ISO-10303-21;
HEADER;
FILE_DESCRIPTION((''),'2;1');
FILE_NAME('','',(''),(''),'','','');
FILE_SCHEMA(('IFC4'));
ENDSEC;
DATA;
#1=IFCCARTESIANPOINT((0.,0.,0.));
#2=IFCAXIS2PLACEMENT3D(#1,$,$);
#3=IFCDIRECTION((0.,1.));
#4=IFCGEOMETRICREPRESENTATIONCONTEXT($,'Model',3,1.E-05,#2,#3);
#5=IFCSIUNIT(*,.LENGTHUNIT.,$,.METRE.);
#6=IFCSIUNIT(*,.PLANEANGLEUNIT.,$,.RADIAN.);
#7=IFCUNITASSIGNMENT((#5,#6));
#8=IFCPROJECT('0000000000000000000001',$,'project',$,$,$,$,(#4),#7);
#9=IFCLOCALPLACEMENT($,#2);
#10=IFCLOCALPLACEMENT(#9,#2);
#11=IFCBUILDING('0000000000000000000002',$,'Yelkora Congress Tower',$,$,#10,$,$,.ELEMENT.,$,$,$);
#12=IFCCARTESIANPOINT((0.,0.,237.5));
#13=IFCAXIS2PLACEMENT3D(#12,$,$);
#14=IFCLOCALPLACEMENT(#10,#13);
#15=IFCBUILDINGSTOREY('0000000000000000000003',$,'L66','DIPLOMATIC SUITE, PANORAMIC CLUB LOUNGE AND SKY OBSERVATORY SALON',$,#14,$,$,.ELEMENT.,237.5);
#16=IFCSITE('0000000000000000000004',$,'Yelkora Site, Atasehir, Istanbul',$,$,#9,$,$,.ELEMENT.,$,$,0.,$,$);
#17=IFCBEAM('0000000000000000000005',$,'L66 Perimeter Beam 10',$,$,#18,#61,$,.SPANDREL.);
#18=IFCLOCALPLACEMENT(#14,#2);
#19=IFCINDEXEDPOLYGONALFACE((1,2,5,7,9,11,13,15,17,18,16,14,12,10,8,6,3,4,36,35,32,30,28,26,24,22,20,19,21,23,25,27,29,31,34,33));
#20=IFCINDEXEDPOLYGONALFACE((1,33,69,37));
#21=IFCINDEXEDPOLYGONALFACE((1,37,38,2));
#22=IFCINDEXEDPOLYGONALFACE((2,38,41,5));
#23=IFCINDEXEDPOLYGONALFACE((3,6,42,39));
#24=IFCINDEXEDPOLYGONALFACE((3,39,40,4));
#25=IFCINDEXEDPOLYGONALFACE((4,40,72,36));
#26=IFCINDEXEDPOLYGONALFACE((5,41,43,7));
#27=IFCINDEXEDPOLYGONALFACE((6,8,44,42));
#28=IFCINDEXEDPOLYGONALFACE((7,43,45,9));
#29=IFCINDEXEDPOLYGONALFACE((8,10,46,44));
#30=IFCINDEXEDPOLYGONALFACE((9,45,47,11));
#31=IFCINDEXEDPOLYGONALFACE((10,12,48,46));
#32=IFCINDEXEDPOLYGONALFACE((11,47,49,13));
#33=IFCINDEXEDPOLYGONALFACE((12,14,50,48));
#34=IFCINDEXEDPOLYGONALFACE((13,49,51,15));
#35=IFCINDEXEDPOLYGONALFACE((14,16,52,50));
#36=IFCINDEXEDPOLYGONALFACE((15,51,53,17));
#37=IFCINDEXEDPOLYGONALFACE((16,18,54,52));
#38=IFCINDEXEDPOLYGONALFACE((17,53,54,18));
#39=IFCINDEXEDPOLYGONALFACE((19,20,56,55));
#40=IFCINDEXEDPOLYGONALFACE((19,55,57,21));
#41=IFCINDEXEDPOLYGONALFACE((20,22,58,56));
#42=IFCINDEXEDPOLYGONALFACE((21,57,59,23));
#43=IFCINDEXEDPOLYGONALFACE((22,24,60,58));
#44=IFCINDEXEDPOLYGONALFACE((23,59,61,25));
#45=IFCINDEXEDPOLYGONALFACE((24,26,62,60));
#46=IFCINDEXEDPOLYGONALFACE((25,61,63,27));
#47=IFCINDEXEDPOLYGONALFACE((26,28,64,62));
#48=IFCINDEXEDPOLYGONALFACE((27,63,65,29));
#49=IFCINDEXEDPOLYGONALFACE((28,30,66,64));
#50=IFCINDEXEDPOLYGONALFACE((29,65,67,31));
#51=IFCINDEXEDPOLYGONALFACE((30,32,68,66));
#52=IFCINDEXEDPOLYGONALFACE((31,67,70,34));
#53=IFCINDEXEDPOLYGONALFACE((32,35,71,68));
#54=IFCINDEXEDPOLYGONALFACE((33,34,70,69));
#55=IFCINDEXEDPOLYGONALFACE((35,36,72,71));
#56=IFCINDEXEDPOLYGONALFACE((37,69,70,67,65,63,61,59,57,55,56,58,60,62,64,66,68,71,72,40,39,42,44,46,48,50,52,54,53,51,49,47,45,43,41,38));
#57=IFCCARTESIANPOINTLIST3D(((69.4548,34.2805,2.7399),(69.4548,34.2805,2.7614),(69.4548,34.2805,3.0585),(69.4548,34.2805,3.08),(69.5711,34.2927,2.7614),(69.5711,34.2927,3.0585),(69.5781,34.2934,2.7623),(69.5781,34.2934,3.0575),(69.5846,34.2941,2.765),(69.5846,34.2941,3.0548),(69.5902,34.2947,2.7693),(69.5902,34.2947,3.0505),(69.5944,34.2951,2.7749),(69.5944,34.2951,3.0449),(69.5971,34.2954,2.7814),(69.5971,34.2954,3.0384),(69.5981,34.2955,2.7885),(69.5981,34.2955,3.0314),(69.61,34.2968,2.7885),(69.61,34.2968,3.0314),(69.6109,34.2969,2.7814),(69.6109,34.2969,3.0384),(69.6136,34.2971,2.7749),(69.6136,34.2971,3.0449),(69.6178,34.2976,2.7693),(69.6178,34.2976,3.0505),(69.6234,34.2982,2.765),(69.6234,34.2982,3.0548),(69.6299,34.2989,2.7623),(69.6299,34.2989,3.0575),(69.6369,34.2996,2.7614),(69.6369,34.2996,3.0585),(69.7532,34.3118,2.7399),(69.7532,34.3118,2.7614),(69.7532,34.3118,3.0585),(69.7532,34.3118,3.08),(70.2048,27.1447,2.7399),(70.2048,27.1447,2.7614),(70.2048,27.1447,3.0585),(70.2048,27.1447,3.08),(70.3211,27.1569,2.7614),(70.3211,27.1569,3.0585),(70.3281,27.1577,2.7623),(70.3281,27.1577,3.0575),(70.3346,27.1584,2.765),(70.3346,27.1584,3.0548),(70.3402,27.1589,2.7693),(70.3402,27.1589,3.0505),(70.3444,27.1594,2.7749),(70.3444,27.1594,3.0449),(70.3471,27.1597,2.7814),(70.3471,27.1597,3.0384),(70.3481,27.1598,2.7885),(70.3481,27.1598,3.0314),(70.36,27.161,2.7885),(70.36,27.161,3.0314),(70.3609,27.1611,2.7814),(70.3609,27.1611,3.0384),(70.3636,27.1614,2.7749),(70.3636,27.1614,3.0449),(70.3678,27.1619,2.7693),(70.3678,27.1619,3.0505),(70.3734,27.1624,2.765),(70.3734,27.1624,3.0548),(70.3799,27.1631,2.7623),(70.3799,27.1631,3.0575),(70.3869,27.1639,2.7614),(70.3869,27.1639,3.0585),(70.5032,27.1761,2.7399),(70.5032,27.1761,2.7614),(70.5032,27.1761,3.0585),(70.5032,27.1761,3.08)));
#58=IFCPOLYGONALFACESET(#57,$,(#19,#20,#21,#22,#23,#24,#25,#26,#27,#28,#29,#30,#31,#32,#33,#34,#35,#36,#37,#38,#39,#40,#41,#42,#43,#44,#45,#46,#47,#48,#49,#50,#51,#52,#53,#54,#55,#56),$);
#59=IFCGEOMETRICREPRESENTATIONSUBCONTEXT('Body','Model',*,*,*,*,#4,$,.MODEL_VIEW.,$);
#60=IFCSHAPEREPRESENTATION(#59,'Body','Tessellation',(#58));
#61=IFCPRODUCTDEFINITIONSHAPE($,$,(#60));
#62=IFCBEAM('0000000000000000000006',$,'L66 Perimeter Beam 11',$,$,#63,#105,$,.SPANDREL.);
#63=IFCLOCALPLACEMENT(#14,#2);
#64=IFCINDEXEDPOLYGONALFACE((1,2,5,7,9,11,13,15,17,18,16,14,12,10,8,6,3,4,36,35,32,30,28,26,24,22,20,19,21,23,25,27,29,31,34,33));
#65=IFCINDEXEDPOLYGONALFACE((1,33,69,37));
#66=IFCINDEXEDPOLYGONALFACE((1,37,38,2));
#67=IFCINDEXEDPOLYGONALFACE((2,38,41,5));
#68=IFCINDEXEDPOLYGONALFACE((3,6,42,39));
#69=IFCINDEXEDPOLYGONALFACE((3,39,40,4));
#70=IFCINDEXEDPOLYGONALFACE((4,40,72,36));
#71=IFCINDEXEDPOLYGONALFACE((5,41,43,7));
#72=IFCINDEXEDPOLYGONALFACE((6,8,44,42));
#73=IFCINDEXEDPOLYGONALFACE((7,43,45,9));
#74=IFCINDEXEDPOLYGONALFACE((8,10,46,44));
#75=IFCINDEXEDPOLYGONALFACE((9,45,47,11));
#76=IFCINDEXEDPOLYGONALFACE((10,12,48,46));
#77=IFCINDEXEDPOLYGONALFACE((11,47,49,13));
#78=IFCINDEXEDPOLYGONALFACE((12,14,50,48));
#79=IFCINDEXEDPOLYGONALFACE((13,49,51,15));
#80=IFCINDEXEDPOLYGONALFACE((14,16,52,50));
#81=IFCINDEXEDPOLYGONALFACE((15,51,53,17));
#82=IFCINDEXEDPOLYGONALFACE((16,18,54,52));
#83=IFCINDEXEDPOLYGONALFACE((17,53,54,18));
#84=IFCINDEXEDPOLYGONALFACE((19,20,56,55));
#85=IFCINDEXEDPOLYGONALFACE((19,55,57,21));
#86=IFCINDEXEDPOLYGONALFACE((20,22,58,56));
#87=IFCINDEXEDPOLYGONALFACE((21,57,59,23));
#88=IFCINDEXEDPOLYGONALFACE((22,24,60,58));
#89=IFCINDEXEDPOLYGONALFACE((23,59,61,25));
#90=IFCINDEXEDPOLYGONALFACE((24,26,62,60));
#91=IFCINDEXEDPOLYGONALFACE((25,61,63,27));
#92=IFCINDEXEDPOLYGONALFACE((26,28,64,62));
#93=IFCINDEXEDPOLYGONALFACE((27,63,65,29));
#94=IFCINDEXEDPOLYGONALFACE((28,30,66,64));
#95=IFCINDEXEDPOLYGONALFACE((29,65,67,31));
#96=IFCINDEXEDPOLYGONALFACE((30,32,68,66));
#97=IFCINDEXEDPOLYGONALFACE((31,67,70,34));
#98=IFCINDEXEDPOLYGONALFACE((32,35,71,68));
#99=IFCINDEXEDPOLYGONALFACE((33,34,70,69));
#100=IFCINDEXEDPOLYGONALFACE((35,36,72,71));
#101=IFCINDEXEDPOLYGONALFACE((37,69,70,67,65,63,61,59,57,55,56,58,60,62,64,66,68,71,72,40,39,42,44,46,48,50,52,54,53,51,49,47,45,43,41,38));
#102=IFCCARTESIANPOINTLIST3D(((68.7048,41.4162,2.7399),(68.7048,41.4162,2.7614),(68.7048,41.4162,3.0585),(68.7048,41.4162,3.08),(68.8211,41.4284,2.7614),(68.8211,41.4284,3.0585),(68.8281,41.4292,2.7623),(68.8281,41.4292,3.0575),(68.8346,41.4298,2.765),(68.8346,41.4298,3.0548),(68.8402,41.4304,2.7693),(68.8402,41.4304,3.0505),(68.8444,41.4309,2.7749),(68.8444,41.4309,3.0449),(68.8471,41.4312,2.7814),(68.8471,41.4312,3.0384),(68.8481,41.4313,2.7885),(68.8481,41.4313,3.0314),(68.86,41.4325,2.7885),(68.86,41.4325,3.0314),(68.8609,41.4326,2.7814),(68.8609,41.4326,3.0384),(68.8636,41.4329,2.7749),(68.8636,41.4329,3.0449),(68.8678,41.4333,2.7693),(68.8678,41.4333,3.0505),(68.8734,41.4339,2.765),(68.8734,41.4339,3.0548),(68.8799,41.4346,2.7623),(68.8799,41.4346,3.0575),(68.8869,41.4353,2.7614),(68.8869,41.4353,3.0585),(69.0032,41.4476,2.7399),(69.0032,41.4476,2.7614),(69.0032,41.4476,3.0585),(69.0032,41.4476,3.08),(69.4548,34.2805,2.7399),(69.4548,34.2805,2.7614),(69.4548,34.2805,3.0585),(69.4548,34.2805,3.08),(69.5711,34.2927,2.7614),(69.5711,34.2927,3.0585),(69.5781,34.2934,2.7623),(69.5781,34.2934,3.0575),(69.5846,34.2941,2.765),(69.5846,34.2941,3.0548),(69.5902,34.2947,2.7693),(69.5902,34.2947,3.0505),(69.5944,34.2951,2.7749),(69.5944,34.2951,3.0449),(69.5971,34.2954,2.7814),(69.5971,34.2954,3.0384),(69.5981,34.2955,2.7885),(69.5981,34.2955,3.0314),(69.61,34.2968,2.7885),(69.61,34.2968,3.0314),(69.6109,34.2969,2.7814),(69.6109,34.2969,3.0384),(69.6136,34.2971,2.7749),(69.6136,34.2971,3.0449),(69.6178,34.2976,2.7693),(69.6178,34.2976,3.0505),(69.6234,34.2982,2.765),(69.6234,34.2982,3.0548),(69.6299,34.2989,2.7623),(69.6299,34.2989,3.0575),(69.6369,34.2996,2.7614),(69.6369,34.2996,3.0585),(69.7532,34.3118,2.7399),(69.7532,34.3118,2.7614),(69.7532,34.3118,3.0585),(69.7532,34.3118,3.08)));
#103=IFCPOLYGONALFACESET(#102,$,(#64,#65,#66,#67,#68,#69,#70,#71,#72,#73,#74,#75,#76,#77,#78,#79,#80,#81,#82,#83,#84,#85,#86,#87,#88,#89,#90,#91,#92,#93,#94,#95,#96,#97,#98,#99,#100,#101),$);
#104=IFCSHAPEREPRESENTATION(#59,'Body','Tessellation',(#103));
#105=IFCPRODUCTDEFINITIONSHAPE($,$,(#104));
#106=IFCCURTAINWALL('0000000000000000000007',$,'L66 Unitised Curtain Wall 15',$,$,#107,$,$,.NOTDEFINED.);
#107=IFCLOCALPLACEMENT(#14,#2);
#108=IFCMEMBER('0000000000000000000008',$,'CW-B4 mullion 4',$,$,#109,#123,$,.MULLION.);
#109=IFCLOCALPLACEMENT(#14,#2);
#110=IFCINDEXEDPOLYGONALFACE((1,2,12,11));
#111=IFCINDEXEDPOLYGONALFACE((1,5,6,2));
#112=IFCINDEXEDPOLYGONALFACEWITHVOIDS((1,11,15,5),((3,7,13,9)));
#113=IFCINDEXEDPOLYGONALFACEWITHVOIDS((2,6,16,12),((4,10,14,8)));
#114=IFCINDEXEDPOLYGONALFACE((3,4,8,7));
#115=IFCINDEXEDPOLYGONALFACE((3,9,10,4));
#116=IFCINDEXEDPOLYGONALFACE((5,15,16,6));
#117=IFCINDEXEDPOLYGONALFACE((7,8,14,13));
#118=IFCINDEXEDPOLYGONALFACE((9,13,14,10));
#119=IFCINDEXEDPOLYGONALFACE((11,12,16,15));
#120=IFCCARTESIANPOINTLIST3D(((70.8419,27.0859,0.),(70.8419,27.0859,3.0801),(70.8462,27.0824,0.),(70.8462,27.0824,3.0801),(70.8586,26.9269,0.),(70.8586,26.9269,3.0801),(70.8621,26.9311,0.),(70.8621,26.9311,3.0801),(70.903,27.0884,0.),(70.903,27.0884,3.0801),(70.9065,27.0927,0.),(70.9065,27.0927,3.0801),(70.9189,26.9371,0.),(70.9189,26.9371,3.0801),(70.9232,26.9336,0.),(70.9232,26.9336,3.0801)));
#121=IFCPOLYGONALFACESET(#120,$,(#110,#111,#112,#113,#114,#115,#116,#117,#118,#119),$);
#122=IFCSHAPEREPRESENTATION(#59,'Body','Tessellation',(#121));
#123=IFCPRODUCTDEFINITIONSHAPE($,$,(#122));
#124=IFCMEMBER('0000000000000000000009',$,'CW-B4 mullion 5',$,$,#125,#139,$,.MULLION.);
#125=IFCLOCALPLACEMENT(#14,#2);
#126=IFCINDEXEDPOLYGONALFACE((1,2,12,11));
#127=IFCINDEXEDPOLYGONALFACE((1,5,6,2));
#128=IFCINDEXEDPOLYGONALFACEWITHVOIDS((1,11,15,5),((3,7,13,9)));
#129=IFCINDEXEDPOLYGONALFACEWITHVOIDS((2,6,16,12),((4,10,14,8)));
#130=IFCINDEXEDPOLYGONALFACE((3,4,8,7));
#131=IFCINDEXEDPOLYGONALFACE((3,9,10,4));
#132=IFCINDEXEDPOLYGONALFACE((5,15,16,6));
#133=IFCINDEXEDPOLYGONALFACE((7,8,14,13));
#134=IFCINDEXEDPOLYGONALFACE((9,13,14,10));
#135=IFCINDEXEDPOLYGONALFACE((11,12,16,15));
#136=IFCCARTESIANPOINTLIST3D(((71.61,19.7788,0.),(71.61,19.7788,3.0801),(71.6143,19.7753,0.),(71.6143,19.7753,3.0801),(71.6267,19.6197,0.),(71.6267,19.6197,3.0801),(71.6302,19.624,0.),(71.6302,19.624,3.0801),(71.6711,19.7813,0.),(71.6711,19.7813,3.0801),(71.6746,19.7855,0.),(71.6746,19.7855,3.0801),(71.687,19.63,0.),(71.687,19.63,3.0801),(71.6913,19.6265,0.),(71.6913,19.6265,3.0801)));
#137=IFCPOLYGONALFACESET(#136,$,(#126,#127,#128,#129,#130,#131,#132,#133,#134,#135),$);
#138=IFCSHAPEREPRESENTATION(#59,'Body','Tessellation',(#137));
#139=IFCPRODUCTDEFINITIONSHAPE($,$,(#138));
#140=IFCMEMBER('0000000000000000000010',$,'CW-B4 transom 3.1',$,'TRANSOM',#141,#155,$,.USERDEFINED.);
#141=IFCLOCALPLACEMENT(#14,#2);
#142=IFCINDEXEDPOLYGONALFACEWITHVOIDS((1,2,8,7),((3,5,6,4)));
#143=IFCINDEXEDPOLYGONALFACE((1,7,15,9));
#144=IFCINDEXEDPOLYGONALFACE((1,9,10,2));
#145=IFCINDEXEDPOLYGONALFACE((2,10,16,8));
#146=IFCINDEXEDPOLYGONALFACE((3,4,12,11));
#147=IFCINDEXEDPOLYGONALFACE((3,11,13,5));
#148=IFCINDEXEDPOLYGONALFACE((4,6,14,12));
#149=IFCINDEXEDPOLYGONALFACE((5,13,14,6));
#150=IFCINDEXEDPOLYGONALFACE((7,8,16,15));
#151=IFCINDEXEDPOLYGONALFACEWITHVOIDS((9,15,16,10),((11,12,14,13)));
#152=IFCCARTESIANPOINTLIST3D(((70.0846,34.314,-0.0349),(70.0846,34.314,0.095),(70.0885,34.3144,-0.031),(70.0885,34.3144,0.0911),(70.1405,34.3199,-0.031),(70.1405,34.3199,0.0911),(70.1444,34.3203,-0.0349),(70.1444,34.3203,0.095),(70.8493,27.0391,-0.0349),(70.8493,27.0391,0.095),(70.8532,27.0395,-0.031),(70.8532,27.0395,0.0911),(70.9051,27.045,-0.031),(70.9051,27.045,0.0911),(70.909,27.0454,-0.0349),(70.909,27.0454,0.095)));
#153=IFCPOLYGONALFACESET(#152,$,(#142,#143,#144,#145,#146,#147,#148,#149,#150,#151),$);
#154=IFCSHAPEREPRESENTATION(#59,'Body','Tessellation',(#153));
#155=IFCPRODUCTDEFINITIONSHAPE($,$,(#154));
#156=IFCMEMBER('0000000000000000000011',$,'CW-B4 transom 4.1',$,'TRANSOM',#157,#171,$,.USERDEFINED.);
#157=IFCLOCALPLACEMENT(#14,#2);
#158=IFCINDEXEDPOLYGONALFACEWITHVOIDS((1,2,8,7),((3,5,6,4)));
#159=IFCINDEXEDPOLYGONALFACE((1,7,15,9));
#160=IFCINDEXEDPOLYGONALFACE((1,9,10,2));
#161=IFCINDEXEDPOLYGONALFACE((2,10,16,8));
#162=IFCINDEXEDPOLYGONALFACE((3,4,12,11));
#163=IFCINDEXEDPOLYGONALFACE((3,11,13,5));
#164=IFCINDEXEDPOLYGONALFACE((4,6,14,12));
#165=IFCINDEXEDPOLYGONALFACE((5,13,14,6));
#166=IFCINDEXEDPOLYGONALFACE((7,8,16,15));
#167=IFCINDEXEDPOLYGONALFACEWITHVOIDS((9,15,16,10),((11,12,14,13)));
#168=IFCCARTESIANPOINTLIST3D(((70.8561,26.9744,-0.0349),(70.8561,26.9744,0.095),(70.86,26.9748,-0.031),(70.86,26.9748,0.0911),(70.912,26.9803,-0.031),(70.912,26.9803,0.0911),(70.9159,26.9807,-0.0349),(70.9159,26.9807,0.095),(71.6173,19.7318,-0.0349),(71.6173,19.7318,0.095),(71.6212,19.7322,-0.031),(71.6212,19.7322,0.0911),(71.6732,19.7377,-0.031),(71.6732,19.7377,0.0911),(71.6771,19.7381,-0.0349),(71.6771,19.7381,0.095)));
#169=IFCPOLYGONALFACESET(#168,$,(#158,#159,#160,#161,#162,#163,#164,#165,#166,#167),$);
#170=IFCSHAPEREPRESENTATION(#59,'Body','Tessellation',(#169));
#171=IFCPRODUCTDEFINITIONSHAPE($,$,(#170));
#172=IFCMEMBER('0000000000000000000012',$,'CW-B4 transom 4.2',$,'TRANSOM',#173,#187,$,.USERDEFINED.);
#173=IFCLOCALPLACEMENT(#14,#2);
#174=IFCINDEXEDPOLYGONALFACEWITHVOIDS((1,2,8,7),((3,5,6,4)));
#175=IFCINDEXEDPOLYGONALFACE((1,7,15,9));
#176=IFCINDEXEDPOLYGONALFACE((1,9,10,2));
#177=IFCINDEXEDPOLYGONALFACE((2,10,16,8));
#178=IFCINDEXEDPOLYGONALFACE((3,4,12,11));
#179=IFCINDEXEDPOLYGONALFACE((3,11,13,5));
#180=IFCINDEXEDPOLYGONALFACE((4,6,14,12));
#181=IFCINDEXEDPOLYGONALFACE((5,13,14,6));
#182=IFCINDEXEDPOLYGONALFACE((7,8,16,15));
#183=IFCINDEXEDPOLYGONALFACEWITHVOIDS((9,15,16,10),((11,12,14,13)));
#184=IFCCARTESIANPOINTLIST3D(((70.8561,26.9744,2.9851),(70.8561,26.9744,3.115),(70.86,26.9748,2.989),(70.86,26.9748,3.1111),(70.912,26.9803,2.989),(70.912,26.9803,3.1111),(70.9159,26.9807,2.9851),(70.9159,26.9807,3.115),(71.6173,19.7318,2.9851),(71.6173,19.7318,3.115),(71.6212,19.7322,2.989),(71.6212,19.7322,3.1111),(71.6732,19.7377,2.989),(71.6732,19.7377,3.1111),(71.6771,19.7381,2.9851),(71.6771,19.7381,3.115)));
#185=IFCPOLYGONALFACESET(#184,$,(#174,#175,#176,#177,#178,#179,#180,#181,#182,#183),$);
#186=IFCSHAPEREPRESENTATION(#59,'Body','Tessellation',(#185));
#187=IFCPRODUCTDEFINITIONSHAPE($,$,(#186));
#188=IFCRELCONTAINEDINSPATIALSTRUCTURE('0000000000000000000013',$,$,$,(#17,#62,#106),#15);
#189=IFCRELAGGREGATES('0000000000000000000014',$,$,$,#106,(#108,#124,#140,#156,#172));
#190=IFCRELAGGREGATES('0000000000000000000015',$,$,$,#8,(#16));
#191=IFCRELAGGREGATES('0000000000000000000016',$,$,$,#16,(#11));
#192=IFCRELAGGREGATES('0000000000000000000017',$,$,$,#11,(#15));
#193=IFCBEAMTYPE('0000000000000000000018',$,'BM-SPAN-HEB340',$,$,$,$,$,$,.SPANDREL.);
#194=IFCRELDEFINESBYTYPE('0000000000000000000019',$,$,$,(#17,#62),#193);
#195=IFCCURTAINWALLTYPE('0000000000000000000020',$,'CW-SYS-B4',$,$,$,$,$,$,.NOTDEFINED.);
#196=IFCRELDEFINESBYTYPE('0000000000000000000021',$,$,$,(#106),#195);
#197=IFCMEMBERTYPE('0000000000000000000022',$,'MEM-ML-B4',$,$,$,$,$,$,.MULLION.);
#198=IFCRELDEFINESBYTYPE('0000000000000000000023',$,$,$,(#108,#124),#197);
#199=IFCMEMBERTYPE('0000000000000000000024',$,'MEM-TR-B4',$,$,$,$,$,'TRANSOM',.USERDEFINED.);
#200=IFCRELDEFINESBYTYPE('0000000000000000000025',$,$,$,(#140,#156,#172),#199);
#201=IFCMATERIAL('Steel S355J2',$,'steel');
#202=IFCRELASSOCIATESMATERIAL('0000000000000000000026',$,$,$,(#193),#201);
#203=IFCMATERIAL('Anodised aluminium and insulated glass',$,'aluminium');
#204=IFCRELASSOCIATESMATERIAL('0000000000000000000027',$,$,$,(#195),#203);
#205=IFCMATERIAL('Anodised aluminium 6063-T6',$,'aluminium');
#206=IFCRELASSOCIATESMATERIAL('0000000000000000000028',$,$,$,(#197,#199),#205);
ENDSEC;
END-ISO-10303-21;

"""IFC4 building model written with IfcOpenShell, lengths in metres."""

from ifc_helpers import new_model, si_unit, direction, frame, origin, origin_2d, place, context, subcontext, project, spatial, hollow_rectangle, i_section, extrude, material, material_profile, profile_set, type_object, element, aggregate, save


model = new_model("IFC4")

# Units and contexts
model_context = context("Model", 3, precision=1e-05, world=origin(), true_north=direction((0.0, 1.0)))
body_context = subcontext(model_context, "Body", "Model", "MODEL_VIEW")
ifc_project = project(units=[si_unit("LENGTHUNIT", "METRE"), si_unit("PLANEANGLEUNIT", "RADIAN")], contexts=[model_context])

# Site, building, storey
site_placement = place(None, origin())
site = spatial("IfcSite", under=ifc_project, at=site_placement, Name="Yelkora Site, Atasehir, Istanbul", CompositionType="ELEMENT", RefElevation=0.0)
building_placement = place(site_placement, origin())
building = spatial("IfcBuilding", under=site, at=building_placement, Name="Yelkora Congress Tower", CompositionType="ELEMENT")
storey_placement = place(building_placement, frame((0.0, 0.0, 237.5)))
storey = spatial("IfcBuildingStorey", under=building, at=storey_placement, Name="L66", Description="DIPLOMATIC SUITE, PANORAMIC CLUB LOUNGE AND SKY OBSERVATORY SALON", CompositionType="ELEMENT", Elevation=237.5)

# Shared definitions
ifc_material_1 = material(Name="Steel S355J2", Category="steel")

# Beams
ifc_material_profile_1 = material_profile(ifc_material_1, i_section(OverallWidth=0.3, OverallDepth=0.3401, WebThickness=0.012, FlangeThickness=0.0215, FilletRadius=0.0271, at=origin_2d()), Name="HEB 340")
ifc_profile_set_1 = profile_set([ifc_material_profile_1], Name="Steel S355J2")
beam_type_1 = type_object("IfcBeamType", Name="BM-SPAN-HEB340", PredefinedType="SPANDREL", material=ifc_profile_set_1)
for number, where, z_axis, x_axis, name in (
    (1, (70.354, 27.1604, 2.9099), (-0.104529, 0.994522, 0.0), (-0.994522, -0.104529, 0.0), "L66 Perimeter Beam 10"),
    (2, (69.604, 34.2961, 2.9099), (-0.104529, 0.994522, 0.0), (-0.994522, -0.104529, 0.0), "L66 Perimeter Beam 11"),
):
    element("IfcBeam", number, at=place(storey_placement, frame(where, z_axis=z_axis, x_axis=x_axis)), inside=storey, type_object=beam_type_1, Name=name, PredefinedType="SPANDREL", context=body_context, shape_type="SweptSolid", body=[
        extrude(i_section(OverallWidth=0.3, OverallDepth=0.3401, WebThickness=0.012, FlangeThickness=0.0215, FilletRadius=0.0271, at=origin_2d()), origin(), (0.0, 0.0, 1.0), 7.175),
    ])

# Curtain wall, members
ifc_material_2 = material(Name="Anodised aluminium and insulated glass", Category="aluminium")
curtain_wall_type = type_object("IfcCurtainWallType", Name="CW-SYS-B4", PredefinedType="NOTDEFINED", material=ifc_material_2)
curtain_wall_placement = place(storey_placement, origin())
curtain_wall = element("IfcCurtainWall", 3, at=curtain_wall_placement, inside=storey, type_object=curtain_wall_type, Name="L66 Unitised Curtain Wall 15", PredefinedType="NOTDEFINED")
ifc_material_3 = material(Name="Anodised aluminium 6063-T6", Category="aluminium")
ifc_material_profile_2 = material_profile(ifc_material_3, hollow_rectangle(XDim=0.0649, YDim=0.1599, WallThickness=0.0039, at=origin_2d()), Name="ALU 65x160x4")
ifc_profile_set_2 = profile_set([ifc_material_profile_2], Name="Anodised aluminium 6063-T6")
member_type_1 = type_object("IfcMemberType", Name="MEM-ML-B4", PredefinedType="MULLION", material=ifc_profile_set_2)
member_1_placement = place(storey_placement, frame((70.8826, 27.0098, 0.0), z_axis=(0.0, 0.0, 1.0), x_axis=(0.994522, 0.104526, 0.0)))
member_1 = element("IfcMember", 4, at=member_1_placement, type_object=member_type_1, Name="CW-B4 mullion 4", PredefinedType="MULLION", context=body_context, shape_type="SweptSolid", body=[
    extrude(hollow_rectangle(XDim=0.0649, YDim=0.1599, WallThickness=0.0039, at=origin_2d()), origin(), (0.0, 0.0, 1.0), 3.0801),
])
member_2_placement = place(storey_placement, frame((71.6506, 19.7026, 0.0), z_axis=(0.0, 0.0, 1.0), x_axis=(0.994522, 0.104526, 0.0)))
member_2 = element("IfcMember", 5, at=member_2_placement, type_object=member_type_1, Name="CW-B4 mullion 5", PredefinedType="MULLION", context=body_context, shape_type="SweptSolid", body=[
    extrude(hollow_rectangle(XDim=0.0649, YDim=0.1599, WallThickness=0.0039, at=origin_2d()), origin(), (0.0, 0.0, 1.0), 3.0801),
])
ifc_material_profile_3 = material_profile(ifc_material_3, hollow_rectangle(XDim=0.0601, YDim=0.1299, WallThickness=0.0039, at=origin_2d()), Name="ALU 60x130x4")
ifc_profile_set_3 = profile_set([ifc_material_profile_3], Name="Anodised aluminium 6063-T6")
member_type_2 = type_object("IfcMemberType", Name="MEM-TR-B4", ElementType="TRANSOM", PredefinedType="USERDEFINED", material=ifc_profile_set_3)
member_3_placement = place(storey_placement, frame((70.1145, 34.3171, 0.03), z_axis=(0.104532, -0.994522, 0.0), x_axis=(0.994522, 0.104532, 0.0)))
member_3 = element("IfcMember", 6, at=member_3_placement, type_object=member_type_2, Name="CW-B4 transom 3.1", ObjectType="TRANSOM", PredefinedType="USERDEFINED", context=body_context, shape_type="SweptSolid", body=[
    extrude(hollow_rectangle(XDim=0.0601, YDim=0.1299, WallThickness=0.0039, at=origin_2d()), origin(), (0.0, 0.0, 1.0), 7.3149),
])
member_4_placement = place(storey_placement, frame((70.886, 26.9775, 0.03), z_axis=(0.104528, -0.994522, 0.0), x_axis=(0.994522, 0.104528, 0.0)))
member_4 = element("IfcMember", 7, at=member_4_placement, type_object=member_type_2, Name="CW-B4 transom 4.1", ObjectType="TRANSOM", PredefinedType="USERDEFINED", context=body_context, shape_type="SweptSolid", body=[
    extrude(hollow_rectangle(XDim=0.0601, YDim=0.1299, WallThickness=0.0039, at=origin_2d()), origin(), (0.0, 0.0, 1.0), 7.2825),
])
member_5_placement = place(storey_placement, frame((70.886, 26.9775, 3.05), z_axis=(0.104528, -0.994522, 0.0), x_axis=(0.994522, 0.104528, 0.0)))
member_5 = element("IfcMember", 8, at=member_5_placement, type_object=member_type_2, Name="CW-B4 transom 4.2", ObjectType="TRANSOM", PredefinedType="USERDEFINED", context=body_context, shape_type="SweptSolid", body=[
    extrude(hollow_rectangle(XDim=0.0601, YDim=0.1299, WallThickness=0.0039, at=origin_2d()), origin(), (0.0, 0.0, 1.0), 7.2825),
])
aggregate(curtain_wall, [member_1, member_2, member_3, member_4, member_5])

save(model, "model.ifc")
